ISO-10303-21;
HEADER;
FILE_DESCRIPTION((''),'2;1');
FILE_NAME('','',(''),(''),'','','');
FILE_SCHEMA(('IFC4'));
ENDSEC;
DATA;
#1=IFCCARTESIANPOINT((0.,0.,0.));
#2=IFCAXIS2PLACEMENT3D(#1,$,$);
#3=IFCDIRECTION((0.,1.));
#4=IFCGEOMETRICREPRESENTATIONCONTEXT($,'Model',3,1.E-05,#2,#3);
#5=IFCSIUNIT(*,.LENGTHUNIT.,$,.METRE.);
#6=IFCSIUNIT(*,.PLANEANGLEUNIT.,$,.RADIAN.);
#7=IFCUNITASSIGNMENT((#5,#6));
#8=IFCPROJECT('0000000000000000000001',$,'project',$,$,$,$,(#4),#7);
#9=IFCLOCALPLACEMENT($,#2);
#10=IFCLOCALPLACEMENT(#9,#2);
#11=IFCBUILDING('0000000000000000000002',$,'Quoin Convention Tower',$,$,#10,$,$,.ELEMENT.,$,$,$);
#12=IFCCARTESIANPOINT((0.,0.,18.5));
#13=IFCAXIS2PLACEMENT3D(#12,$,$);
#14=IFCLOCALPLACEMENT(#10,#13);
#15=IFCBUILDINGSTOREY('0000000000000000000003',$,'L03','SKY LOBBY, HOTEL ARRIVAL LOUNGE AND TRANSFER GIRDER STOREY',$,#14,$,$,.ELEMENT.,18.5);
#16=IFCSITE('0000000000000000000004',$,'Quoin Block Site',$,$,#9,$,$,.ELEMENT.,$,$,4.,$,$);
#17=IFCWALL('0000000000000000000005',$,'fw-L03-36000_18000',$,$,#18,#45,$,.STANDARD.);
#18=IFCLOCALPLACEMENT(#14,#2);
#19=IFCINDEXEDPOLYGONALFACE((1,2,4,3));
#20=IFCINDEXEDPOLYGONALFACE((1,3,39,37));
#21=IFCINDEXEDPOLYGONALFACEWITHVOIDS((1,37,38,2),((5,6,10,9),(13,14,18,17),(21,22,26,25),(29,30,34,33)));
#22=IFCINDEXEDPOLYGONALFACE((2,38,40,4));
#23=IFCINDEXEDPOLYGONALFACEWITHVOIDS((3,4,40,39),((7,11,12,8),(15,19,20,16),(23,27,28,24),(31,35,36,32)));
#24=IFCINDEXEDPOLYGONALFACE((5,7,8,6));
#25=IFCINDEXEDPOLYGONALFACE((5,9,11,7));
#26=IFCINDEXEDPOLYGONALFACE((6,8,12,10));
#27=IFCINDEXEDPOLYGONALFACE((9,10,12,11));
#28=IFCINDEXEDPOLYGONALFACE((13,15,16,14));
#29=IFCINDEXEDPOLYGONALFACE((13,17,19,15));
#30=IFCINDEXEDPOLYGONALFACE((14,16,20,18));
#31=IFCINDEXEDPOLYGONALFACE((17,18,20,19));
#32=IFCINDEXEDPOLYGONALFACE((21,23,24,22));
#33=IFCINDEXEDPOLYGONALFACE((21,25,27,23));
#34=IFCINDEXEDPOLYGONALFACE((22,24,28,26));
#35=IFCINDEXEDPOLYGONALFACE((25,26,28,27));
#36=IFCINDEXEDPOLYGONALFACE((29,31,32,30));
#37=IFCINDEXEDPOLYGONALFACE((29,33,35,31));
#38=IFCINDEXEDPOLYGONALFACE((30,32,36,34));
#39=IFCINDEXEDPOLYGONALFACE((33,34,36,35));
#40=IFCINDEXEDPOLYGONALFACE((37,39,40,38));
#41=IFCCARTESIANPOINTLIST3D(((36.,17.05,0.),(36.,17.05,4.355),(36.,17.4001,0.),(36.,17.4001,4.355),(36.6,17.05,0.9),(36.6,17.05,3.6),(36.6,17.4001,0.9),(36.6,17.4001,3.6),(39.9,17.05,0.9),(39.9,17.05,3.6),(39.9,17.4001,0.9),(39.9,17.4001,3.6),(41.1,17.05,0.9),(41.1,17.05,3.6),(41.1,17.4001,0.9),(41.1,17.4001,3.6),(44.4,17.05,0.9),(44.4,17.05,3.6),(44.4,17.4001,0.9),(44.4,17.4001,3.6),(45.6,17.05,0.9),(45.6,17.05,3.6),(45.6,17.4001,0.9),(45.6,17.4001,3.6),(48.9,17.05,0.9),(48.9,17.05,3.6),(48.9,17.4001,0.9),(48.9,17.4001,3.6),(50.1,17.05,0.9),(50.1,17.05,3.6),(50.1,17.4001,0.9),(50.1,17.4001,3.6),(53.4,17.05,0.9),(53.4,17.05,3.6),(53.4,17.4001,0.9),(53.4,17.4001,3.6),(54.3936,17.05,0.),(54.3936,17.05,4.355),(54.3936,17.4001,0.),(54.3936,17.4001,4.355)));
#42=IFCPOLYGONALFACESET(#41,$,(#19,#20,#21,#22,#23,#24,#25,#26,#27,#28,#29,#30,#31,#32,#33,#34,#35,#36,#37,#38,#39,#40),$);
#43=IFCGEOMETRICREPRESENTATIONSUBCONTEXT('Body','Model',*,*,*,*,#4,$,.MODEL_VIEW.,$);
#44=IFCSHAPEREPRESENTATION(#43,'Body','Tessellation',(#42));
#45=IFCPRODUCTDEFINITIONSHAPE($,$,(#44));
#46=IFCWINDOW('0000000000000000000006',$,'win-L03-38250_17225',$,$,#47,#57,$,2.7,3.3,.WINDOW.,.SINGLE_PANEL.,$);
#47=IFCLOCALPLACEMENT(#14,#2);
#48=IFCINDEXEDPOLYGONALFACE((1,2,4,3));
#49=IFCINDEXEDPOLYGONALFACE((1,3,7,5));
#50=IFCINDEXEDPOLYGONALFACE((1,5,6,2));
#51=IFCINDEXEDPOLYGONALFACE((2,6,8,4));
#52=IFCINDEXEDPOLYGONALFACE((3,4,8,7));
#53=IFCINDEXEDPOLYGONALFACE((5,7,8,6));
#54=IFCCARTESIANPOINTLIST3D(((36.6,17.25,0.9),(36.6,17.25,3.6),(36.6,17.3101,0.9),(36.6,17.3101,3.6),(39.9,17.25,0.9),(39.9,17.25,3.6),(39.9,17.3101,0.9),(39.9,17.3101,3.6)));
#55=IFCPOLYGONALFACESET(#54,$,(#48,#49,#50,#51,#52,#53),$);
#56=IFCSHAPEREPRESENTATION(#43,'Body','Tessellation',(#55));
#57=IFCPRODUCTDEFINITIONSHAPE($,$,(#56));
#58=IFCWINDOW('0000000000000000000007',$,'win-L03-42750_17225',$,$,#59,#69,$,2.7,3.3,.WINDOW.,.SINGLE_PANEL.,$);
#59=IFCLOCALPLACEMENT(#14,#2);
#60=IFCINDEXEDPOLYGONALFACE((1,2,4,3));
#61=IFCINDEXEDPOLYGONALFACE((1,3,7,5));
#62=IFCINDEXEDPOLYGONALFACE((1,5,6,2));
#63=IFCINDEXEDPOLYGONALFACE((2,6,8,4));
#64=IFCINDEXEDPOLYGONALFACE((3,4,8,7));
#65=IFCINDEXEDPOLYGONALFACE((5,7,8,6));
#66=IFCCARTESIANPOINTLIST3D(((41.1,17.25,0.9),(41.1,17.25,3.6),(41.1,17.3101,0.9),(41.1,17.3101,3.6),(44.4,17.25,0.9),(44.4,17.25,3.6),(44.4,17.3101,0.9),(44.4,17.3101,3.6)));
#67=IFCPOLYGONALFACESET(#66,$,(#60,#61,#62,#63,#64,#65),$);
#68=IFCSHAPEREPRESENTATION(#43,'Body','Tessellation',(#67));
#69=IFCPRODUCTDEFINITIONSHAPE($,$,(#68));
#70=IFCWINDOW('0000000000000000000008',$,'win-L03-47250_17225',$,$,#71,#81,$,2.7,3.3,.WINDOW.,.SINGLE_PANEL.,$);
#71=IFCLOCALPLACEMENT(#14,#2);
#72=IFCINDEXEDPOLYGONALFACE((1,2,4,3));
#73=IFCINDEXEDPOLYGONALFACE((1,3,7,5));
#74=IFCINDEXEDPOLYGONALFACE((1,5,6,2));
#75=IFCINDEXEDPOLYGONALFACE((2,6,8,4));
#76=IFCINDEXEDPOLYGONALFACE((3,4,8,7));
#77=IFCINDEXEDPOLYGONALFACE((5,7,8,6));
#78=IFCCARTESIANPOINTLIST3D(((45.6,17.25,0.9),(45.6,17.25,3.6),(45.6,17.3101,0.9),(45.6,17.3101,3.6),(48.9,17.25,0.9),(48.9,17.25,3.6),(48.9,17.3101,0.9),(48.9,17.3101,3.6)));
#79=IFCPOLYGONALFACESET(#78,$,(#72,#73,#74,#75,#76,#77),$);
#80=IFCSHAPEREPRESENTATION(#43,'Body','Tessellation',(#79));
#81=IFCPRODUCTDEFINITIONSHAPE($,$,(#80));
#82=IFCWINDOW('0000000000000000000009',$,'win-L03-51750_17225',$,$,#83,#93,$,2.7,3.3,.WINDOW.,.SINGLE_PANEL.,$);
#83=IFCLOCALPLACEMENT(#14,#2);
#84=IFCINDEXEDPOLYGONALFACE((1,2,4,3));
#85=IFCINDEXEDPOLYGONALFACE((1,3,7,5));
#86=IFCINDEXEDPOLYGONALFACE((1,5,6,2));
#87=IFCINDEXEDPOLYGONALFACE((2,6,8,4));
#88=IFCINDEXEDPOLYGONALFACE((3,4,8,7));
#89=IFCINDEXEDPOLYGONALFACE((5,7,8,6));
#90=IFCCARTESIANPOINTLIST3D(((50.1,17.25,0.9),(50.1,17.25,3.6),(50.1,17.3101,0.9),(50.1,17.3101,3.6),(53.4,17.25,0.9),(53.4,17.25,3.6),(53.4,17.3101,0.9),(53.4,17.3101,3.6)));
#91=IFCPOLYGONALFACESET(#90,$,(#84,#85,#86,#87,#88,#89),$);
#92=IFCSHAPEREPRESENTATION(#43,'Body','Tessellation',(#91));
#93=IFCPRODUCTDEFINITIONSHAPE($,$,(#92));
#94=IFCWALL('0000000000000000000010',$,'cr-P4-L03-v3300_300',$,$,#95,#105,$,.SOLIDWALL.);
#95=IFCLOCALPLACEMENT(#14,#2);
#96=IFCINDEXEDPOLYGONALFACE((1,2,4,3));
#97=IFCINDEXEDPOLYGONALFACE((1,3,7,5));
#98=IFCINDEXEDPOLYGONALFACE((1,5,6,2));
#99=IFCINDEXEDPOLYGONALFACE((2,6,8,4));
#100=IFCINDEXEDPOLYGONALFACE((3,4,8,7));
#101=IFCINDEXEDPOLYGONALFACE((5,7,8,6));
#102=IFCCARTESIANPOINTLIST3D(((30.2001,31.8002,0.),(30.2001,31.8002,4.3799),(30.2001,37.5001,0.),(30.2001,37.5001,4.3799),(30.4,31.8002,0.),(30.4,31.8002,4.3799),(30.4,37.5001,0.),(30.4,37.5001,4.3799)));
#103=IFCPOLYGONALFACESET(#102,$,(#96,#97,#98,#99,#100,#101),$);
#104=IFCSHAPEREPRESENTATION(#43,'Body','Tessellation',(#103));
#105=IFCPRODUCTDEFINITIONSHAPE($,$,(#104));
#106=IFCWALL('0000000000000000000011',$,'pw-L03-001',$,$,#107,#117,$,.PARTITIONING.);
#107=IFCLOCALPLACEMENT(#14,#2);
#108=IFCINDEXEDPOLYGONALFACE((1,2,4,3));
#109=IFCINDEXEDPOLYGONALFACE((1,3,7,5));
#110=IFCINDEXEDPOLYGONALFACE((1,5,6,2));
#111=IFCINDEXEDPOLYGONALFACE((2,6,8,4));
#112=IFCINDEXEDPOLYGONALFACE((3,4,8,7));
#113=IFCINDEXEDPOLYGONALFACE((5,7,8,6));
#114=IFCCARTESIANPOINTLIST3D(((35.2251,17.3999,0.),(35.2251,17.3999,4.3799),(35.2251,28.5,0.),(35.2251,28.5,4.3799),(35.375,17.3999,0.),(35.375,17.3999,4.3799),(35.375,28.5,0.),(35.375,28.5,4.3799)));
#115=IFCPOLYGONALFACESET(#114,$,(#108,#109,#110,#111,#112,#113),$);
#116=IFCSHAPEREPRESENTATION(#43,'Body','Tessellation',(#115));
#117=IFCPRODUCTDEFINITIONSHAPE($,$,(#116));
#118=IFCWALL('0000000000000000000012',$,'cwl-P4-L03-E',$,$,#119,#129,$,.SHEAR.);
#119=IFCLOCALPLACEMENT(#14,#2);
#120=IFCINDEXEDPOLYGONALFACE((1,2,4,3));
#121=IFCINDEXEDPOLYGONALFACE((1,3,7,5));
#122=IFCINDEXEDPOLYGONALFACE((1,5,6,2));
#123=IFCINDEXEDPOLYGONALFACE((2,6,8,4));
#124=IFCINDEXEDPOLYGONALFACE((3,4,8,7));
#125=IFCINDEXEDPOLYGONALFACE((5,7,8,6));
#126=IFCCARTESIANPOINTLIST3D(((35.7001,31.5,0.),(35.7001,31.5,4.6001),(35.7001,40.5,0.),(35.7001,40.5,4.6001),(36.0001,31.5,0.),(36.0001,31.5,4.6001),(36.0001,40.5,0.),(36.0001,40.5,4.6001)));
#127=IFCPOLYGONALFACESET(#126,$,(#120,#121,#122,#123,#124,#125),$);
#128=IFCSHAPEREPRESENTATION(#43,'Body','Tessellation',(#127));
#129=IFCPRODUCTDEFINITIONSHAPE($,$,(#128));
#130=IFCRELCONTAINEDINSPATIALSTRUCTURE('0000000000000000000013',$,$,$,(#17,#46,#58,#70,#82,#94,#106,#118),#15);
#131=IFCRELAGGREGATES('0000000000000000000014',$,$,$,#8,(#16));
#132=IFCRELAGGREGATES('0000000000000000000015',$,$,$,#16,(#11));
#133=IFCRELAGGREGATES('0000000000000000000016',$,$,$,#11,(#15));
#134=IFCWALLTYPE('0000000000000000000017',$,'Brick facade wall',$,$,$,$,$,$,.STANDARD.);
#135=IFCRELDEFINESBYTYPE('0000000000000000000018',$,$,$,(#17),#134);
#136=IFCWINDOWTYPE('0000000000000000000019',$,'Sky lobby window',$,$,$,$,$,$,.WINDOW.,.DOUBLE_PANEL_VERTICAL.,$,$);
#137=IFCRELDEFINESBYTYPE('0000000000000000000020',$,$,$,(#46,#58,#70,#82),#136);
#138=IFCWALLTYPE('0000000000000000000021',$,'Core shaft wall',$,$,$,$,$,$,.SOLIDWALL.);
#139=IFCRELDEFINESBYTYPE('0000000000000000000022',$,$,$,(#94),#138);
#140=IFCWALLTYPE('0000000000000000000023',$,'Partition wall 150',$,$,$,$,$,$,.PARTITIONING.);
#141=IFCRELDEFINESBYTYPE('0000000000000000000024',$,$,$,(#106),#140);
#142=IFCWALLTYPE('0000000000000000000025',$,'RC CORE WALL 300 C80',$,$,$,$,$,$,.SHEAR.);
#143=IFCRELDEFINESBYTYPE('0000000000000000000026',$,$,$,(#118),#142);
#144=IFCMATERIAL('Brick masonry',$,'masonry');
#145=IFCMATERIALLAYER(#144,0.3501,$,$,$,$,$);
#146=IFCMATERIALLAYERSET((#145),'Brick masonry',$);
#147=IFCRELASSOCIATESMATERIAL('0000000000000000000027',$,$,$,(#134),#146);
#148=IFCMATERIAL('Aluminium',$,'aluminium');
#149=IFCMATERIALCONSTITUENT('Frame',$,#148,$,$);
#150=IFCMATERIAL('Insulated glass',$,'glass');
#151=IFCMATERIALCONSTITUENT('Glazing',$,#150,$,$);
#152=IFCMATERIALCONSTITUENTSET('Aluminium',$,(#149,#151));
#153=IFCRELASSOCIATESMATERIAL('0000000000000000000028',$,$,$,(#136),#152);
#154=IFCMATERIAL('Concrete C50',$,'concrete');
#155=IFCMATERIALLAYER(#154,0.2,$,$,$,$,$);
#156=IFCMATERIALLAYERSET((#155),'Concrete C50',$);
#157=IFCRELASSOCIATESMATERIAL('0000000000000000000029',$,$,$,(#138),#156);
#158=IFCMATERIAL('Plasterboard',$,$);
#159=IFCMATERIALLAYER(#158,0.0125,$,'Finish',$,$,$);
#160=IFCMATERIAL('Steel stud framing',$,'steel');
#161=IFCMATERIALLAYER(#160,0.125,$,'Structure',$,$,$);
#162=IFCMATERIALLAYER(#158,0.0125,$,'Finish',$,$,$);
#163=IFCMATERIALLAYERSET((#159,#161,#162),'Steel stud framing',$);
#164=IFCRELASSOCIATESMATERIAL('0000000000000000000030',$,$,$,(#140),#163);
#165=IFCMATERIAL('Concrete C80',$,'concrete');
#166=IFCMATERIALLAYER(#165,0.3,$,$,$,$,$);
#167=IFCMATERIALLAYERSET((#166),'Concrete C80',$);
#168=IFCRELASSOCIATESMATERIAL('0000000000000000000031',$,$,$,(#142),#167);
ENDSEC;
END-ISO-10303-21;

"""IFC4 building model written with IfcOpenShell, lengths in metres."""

from ifc_helpers import new_model, si_unit, direction, frame, frame_2d, origin, place, context, subcontext, project, spatial, rectangle, extrude, material, layer, layer_set, constituent, constituent_set, type_object, element, fill, save


model = new_model("IFC4")

# Units and contexts
model_context = context("Model", 3, precision=1e-05, world=origin(), true_north=direction((0.0, 1.0)))
body_context = subcontext(model_context, "Body", "Model", "MODEL_VIEW")
ifc_project = project(units=[si_unit("LENGTHUNIT", "METRE"), si_unit("PLANEANGLEUNIT", "RADIAN")], contexts=[model_context])

# Site, building, storey
site_placement = place(None, origin())
site = spatial("IfcSite", under=ifc_project, at=site_placement, Name="Quoin Block Site", CompositionType="ELEMENT", RefElevation=4.0)
building_placement = place(site_placement, origin())
building = spatial("IfcBuilding", under=site, at=building_placement, Name="Quoin Convention Tower", CompositionType="ELEMENT")
storey_placement = place(building_placement, frame((0.0, 0.0, 18.5)))
storey = spatial("IfcBuildingStorey", under=building, at=storey_placement, Name="L03", Description="SKY LOBBY, HOTEL ARRIVAL LOUNGE AND TRANSFER GIRDER STOREY", CompositionType="ELEMENT", Elevation=18.5)

# Shared definitions
ifc_material_1 = material(Name="Concrete C80", Category="concrete")

# Wall, openings, windows
ifc_material_2 = material(Name="Brick masonry", Category="masonry")
ifc_layer_1 = layer(ifc_material_2, 0.3501)
ifc_layer_set_1 = layer_set([ifc_layer_1], Name="Brick masonry")
wall_type_1 = type_object("IfcWallType", Name="Brick facade wall", PredefinedType="STANDARD", material=ifc_layer_set_1)
wall_1_placement = place(storey_placement, frame((36.0, 17.2251, 0.0), z_axis=(0.0, 0.0, 1.0), x_axis=(1.0, 0.0, 0.0)))
wall_1 = element("IfcWall", 1, at=wall_1_placement, inside=storey, type_object=wall_type_1, Name="fw-L03-36000_18000", PredefinedType="STANDARD", context=body_context, shape_type="SweptSolid", body=[
    extrude(rectangle(XDim=18.3936, YDim=0.3501, at=frame_2d((9.1968, 0.0))), origin(), (0.0, 0.0, 1.0), 4.355),
])
opening_1_placement = place(wall_1_placement, frame((0.6001, 0.0, 0.8999)))
opening_1 = element("IfcOpeningElement", 2, at=opening_1_placement, cuts=wall_1, PredefinedType="OPENING", context=body_context, shape_type="SweptSolid", body=[
    extrude(rectangle(XDim=3.3, YDim=2.7, at=frame_2d((1.6499, 1.3501))), frame((0.0, 0.1851, 0.0), z_axis=(0.0, -1.0, 0.0), x_axis=(1.0, 0.0, 0.0)), (0.0, 0.0, 1.0), 0.3701),
])
opening_2_placement = place(wall_1_placement, frame((5.1001, 0.0, 0.8999)))
opening_2 = element("IfcOpeningElement", 3, at=opening_2_placement, cuts=wall_1, PredefinedType="OPENING", context=body_context, shape_type="SweptSolid", body=[
    extrude(rectangle(XDim=3.3, YDim=2.7, at=frame_2d((1.6499, 1.3501))), frame((0.0, 0.1851, 0.0), z_axis=(0.0, -1.0, 0.0), x_axis=(1.0, 0.0, 0.0)), (0.0, 0.0, 1.0), 0.3701),
])
opening_3_placement = place(wall_1_placement, frame((9.6001, 0.0, 0.8999)))
opening_3 = element("IfcOpeningElement", 4, at=opening_3_placement, cuts=wall_1, PredefinedType="OPENING", context=body_context, shape_type="SweptSolid", body=[
    extrude(rectangle(XDim=3.3, YDim=2.7, at=frame_2d((1.6499, 1.3501))), frame((0.0, 0.1851, 0.0), z_axis=(0.0, -1.0, 0.0), x_axis=(1.0, 0.0, 0.0)), (0.0, 0.0, 1.0), 0.3701),
])
opening_4_placement = place(wall_1_placement, frame((14.1001, 0.0, 0.8999)))
opening_4 = element("IfcOpeningElement", 5, at=opening_4_placement, cuts=wall_1, PredefinedType="OPENING", context=body_context, shape_type="SweptSolid", body=[
    extrude(rectangle(XDim=3.3, YDim=2.7, at=frame_2d((1.6499, 1.3501))), frame((0.0, 0.1851, 0.0), z_axis=(0.0, -1.0, 0.0), x_axis=(1.0, 0.0, 0.0)), (0.0, 0.0, 1.0), 0.3701),
])
ifc_material_3 = material(Name="Aluminium", Category="aluminium")
ifc_constituent_1 = constituent(ifc_material_3, Name="Frame")
ifc_material_4 = material(Name="Insulated glass", Category="glass")
ifc_constituent_2 = constituent(ifc_material_4, Name="Glazing")
ifc_constituent_set = constituent_set(constituents=[ifc_constituent_1, ifc_constituent_2], Name="Aluminium")
window_type = type_object("IfcWindowType", Name="Sky lobby window", PartitioningType="DOUBLE_PANEL_VERTICAL", PredefinedType="WINDOW", material=ifc_constituent_set)
window_1_placement = place(opening_1_placement, origin())
window_1 = element("IfcWindow", 6, at=window_1_placement, inside=storey, type_object=window_type, Name="win-L03-38250_17225", OverallHeight=2.7, OverallWidth=3.3, PartitioningType="SINGLE_PANEL", PredefinedType="WINDOW", context=body_context, shape_type="SweptSolid", body=[
    extrude(rectangle(XDim=3.3, YDim=2.7, at=frame_2d((1.6499, 1.3501))), frame((0.0, 0.085, 0.0), z_axis=(0.0, -1.0, 0.0), x_axis=(1.0, 0.0, 0.0)), (0.0, 0.0, 1.0), 0.0601),
])
fill(opening_1, window_1)
window_2_placement = place(opening_2_placement, origin())
window_2 = element("IfcWindow", 7, at=window_2_placement, inside=storey, type_object=window_type, Name="win-L03-42750_17225", OverallHeight=2.7, OverallWidth=3.3, PartitioningType="SINGLE_PANEL", PredefinedType="WINDOW", context=body_context, shape_type="SweptSolid", body=[
    extrude(rectangle(XDim=3.3, YDim=2.7, at=frame_2d((1.6499, 1.3501))), frame((0.0, 0.085, 0.0), z_axis=(0.0, -1.0, 0.0), x_axis=(1.0, 0.0, 0.0)), (0.0, 0.0, 1.0), 0.0601),
])
fill(opening_2, window_2)
window_3_placement = place(opening_3_placement, origin())
window_3 = element("IfcWindow", 8, at=window_3_placement, inside=storey, type_object=window_type, Name="win-L03-47250_17225", OverallHeight=2.7, OverallWidth=3.3, PartitioningType="SINGLE_PANEL", PredefinedType="WINDOW", context=body_context, shape_type="SweptSolid", body=[
    extrude(rectangle(XDim=3.3, YDim=2.7, at=frame_2d((1.6499, 1.3501))), frame((0.0, 0.085, 0.0), z_axis=(0.0, -1.0, 0.0), x_axis=(1.0, 0.0, 0.0)), (0.0, 0.0, 1.0), 0.0601),
])
fill(opening_3, window_3)
window_4_placement = place(opening_4_placement, origin())
window_4 = element("IfcWindow", 9, at=window_4_placement, inside=storey, type_object=window_type, Name="win-L03-51750_17225", OverallHeight=2.7, OverallWidth=3.3, PartitioningType="SINGLE_PANEL", PredefinedType="WINDOW", context=body_context, shape_type="SweptSolid", body=[
    extrude(rectangle(XDim=3.3, YDim=2.7, at=frame_2d((1.6499, 1.3501))), frame((0.0, 0.085, 0.0), z_axis=(0.0, -1.0, 0.0), x_axis=(1.0, 0.0, 0.0)), (0.0, 0.0, 1.0), 0.0601),
])
fill(opening_4, window_4)

# Walls
ifc_material_5 = material(Name="Concrete C50", Category="concrete")
ifc_layer_2 = layer(ifc_material_5, 0.2)
ifc_layer_set_2 = layer_set([ifc_layer_2], Name="Concrete C50")
wall_type_2 = type_object("IfcWallType", Name="Core shaft wall", PredefinedType="SOLIDWALL", material=ifc_layer_set_2)
wall_2_placement = place(storey_placement, frame((30.3, 31.8, 0.0), z_axis=(0.0, 0.0, 1.0), x_axis=(0.0, 1.0, 0.0)))
element("IfcWall", 10, at=wall_2_placement, inside=storey, type_object=wall_type_2, Name="cr-P4-L03-v3300_300", PredefinedType="SOLIDWALL", context=body_context, shape_type="SweptSolid", body=[
    extrude(rectangle(XDim=5.7, YDim=0.2, at=frame_2d((2.8501, 0.0))), origin(), (0.0, 0.0, 1.0), 4.3799),
])
ifc_material_6 = material(Name="Plasterboard")
ifc_layer_3 = layer(ifc_material_6, 0.0125, Name="Finish")
ifc_material_7 = material(Name="Steel stud framing", Category="steel")
ifc_layer_4 = layer(ifc_material_7, 0.125, Name="Structure")
ifc_layer_5 = layer(ifc_material_6, 0.0125, Name="Finish")
ifc_layer_set_3 = layer_set([ifc_layer_3, ifc_layer_4, ifc_layer_5], Name="Steel stud framing")
wall_type_3 = type_object("IfcWallType", Name="Partition wall 150", PredefinedType="PARTITIONING", material=ifc_layer_set_3)
wall_3_placement = place(storey_placement, frame((35.3, 17.3999, 0.0), z_axis=(0.0, 0.0, 1.0), x_axis=(0.0, 1.0, 0.0)))
element("IfcWall", 11, at=wall_3_placement, inside=storey, type_object=wall_type_3, Name="pw-L03-001", PredefinedType="PARTITIONING", context=body_context, shape_type="SweptSolid", body=[
    extrude(rectangle(XDim=11.1001, YDim=0.1499, at=frame_2d((5.55, 0.0))), origin(), (0.0, 0.0, 1.0), 4.3799),
])
ifc_layer_6 = layer(ifc_material_1, 0.3)
ifc_layer_set_4 = layer_set([ifc_layer_6], Name="Concrete C80")
wall_type_4 = type_object("IfcWallType", Name="RC CORE WALL 300 C80", PredefinedType="SHEAR", material=ifc_layer_set_4)
wall_4_placement = place(storey_placement, frame((35.8501, 31.5, 0.0), z_axis=(0.0, 0.0, 1.0), x_axis=(0.0, 1.0, 0.0)))
element("IfcWall", 12, at=wall_4_placement, inside=storey, type_object=wall_type_4, Name="cwl-P4-L03-E", PredefinedType="SHEAR", context=body_context, shape_type="SweptSolid", body=[
    extrude(rectangle(XDim=9.0, YDim=0.3, at=frame_2d((4.5, 0.0))), origin(), (0.0, 0.0, 1.0), 4.6001),
])

save(model, "model.ifc")
